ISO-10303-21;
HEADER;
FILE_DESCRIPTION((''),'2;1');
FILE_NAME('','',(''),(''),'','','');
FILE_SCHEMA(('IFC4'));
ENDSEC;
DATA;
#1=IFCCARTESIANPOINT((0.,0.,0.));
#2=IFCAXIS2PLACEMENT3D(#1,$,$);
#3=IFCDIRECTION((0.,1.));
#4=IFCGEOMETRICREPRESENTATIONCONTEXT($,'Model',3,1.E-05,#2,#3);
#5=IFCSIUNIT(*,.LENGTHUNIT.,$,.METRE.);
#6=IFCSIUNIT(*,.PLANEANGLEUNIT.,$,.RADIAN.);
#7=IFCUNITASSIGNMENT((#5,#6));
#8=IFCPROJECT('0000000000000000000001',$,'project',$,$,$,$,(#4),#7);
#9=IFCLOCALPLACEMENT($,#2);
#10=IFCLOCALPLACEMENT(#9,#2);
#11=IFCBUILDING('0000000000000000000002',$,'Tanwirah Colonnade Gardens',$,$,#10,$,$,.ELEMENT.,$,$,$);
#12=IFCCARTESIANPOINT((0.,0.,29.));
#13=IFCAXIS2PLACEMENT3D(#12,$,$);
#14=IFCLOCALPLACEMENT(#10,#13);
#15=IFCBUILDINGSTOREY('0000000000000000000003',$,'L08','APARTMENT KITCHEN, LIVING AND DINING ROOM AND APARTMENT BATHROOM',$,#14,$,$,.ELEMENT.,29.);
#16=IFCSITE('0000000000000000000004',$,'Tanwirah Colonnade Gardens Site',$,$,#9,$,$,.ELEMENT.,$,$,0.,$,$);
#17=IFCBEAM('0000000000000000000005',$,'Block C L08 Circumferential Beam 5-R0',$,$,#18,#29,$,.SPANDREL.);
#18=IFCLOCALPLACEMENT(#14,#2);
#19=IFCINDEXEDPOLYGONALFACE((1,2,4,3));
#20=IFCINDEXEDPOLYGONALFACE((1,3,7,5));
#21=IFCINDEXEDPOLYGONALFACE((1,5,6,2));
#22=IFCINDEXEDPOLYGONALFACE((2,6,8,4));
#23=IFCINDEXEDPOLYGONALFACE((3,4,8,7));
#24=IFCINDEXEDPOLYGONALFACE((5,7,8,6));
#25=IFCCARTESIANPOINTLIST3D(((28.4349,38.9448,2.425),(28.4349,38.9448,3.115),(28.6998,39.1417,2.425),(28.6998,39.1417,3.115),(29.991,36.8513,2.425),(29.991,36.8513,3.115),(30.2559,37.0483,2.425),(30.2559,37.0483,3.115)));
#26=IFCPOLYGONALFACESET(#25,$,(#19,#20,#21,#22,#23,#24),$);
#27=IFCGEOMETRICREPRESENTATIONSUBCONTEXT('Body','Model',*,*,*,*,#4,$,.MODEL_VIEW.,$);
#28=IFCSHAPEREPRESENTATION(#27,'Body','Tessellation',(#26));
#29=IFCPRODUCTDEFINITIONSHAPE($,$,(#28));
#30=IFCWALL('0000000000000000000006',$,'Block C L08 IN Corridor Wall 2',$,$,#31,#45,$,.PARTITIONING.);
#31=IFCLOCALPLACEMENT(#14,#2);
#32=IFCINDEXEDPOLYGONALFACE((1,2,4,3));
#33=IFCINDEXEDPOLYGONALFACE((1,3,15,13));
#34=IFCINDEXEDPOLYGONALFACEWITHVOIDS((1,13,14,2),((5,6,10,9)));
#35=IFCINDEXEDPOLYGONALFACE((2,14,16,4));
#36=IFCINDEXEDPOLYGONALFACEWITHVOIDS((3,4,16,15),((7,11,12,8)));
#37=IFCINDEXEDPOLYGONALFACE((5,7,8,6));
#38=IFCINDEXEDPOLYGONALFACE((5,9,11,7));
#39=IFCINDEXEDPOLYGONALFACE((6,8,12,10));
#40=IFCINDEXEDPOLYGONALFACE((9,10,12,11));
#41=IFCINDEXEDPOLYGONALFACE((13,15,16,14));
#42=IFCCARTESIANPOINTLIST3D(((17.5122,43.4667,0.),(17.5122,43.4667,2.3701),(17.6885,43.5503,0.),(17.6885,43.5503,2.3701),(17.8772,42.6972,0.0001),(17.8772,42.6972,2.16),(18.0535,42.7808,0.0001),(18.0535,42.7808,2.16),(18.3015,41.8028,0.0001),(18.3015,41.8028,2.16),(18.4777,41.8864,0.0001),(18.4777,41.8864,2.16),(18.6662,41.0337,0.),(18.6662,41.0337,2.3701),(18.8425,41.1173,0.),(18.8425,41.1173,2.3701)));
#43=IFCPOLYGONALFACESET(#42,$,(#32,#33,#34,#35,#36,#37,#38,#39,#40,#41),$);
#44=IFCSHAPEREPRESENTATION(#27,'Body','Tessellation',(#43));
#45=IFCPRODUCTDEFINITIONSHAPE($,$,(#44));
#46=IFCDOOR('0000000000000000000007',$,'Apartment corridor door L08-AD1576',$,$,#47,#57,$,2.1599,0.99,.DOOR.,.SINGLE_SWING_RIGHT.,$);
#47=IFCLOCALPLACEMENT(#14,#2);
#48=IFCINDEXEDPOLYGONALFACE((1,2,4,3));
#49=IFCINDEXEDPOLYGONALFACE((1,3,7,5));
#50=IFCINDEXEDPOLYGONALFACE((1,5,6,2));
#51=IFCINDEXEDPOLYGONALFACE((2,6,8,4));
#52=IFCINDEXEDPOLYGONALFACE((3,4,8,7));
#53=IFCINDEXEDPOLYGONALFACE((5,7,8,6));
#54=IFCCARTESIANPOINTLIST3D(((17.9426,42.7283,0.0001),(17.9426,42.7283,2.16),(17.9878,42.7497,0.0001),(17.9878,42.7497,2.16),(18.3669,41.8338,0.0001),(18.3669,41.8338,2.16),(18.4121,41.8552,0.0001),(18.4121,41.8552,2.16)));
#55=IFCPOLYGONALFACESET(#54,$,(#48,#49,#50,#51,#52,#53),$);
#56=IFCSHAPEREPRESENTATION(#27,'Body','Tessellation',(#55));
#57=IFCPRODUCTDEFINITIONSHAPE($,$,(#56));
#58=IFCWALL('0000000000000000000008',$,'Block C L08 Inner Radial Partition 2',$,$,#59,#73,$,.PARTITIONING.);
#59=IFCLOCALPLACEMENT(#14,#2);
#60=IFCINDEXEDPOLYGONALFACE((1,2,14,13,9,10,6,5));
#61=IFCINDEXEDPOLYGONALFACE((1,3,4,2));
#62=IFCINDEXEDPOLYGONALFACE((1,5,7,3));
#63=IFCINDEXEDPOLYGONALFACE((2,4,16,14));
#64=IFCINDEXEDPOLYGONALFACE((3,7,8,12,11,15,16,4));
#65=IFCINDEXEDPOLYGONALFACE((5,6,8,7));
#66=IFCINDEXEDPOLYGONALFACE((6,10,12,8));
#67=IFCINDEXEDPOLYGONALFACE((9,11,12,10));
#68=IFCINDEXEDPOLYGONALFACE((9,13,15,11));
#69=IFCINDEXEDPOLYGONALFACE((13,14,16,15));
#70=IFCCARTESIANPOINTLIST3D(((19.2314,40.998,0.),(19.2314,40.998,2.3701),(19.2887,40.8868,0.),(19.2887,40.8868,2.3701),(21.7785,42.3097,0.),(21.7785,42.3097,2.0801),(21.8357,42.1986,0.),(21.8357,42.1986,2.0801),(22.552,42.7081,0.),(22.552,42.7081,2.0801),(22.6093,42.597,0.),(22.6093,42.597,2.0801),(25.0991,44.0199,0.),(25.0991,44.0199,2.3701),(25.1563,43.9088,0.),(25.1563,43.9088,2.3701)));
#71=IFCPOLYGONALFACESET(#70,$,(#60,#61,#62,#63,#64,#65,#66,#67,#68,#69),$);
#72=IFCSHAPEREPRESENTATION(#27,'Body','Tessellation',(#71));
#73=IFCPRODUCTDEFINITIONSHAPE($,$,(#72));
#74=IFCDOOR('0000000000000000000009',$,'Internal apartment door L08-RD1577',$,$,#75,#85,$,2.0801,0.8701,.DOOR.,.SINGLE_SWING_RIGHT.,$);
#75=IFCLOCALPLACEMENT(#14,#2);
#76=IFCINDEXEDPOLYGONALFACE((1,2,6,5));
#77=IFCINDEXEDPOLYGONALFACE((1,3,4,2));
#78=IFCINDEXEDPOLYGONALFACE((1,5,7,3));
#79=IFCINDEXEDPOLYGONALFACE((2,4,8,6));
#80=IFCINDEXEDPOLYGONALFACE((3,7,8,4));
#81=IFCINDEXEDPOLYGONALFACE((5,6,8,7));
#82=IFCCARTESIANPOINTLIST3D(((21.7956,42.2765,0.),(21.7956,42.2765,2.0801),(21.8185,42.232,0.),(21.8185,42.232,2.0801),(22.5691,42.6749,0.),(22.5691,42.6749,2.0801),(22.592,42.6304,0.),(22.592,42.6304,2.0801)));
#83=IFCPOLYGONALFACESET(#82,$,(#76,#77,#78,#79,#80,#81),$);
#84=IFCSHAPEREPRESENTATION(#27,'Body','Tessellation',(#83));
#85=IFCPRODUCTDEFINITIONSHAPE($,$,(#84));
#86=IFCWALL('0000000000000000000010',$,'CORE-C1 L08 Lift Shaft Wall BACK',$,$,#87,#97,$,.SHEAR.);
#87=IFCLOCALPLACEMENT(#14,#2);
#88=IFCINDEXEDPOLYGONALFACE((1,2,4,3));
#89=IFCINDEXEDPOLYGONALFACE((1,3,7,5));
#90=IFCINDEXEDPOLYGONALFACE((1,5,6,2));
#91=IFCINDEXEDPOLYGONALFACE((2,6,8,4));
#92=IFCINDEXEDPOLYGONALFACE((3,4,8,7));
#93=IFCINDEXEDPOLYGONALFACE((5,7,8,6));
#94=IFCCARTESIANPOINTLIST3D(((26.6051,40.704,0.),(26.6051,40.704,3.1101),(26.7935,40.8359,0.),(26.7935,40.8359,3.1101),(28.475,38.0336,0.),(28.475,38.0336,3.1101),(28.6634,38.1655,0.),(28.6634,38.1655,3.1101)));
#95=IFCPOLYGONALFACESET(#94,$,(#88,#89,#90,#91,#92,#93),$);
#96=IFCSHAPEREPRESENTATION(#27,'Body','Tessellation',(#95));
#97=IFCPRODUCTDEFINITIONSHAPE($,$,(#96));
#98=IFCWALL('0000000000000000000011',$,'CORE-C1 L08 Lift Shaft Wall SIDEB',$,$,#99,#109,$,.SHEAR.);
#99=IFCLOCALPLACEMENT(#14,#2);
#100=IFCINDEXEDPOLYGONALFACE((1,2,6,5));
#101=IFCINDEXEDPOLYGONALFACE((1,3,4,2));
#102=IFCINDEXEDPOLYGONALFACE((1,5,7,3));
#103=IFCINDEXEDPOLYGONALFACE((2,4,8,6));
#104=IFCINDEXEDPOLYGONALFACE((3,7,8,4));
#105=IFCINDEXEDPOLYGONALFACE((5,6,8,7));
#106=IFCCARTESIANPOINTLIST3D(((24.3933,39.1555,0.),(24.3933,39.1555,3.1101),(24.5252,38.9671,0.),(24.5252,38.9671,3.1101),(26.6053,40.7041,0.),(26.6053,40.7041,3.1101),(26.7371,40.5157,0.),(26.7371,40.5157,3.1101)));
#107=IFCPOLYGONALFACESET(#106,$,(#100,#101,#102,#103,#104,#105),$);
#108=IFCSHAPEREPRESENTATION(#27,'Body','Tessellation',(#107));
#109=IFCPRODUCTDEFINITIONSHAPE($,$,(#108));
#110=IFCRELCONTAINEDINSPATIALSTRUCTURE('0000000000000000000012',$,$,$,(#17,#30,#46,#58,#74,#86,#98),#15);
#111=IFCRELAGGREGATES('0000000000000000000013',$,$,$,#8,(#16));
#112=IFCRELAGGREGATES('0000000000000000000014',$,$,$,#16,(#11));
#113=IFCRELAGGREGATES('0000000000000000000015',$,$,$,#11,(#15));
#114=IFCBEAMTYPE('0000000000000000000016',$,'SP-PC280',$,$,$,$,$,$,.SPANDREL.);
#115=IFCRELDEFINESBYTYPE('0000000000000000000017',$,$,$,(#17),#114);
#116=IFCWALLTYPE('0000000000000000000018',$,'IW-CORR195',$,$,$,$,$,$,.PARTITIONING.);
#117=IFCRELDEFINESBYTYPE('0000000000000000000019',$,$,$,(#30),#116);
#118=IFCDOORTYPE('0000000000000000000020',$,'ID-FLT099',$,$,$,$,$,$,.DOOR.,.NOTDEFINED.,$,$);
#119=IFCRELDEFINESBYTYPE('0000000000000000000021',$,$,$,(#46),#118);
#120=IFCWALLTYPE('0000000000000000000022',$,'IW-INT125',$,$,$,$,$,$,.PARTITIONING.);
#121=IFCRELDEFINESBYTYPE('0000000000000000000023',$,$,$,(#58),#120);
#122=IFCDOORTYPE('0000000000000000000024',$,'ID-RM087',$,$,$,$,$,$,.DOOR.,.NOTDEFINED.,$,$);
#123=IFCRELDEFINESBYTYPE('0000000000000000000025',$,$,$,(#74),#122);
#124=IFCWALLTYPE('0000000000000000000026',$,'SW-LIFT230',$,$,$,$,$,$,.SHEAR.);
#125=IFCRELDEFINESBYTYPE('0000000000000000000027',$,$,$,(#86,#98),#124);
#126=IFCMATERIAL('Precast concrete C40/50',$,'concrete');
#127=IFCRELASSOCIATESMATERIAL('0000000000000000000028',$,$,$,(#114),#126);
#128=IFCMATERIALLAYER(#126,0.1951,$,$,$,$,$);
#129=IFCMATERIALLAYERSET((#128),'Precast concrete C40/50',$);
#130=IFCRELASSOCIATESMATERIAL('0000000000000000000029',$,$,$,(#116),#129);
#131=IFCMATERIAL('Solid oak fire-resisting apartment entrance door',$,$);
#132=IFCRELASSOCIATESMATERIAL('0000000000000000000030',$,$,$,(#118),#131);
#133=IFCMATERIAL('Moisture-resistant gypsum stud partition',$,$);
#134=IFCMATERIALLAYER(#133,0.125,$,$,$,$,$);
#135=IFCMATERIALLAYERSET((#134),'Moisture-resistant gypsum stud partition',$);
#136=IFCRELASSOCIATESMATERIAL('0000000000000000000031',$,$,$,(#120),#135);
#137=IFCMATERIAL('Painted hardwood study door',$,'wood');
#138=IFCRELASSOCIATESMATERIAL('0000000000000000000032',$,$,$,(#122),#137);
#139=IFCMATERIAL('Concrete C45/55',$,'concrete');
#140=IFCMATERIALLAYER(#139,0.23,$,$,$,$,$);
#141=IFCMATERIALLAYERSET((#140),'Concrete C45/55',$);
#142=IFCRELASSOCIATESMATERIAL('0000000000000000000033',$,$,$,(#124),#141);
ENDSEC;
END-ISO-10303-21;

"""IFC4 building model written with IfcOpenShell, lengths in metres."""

from ifc_helpers import new_model, si_unit, direction, frame, frame_2d, origin, origin_2d, place, context, subcontext, project, spatial, rectangle, extrude, material, layer, layer_set, material_profile, profile_set, type_object, element, fill, save


model = new_model("IFC4")

# Units and contexts
model_context = context("Model", 3, precision=1e-05, world=origin(), true_north=direction((0.0, 1.0)))
body_context = subcontext(model_context, "Body", "Model", "MODEL_VIEW")
ifc_project = project(units=[si_unit("LENGTHUNIT", "METRE"), si_unit("PLANEANGLEUNIT", "RADIAN")], contexts=[model_context])

# Site, building, storey
site_placement = place(None, origin())
site = spatial("IfcSite", under=ifc_project, at=site_placement, Name="Tanwirah Colonnade Gardens Site", CompositionType="ELEMENT", RefElevation=0.0)
building_placement = place(site_placement, origin())
building = spatial("IfcBuilding", under=site, at=building_placement, Name="Tanwirah Colonnade Gardens", CompositionType="ELEMENT")
storey_placement = place(building_placement, frame((0.0, 0.0, 29.0)))
storey = spatial("IfcBuildingStorey", under=building, at=storey_placement, Name="L08", Description="APARTMENT KITCHEN, LIVING AND DINING ROOM AND APARTMENT BATHROOM", CompositionType="ELEMENT", Elevation=29.0)

# Shared definitions
ifc_material_1 = material(Name="Precast concrete C40/50", Category="concrete")

# Beam
ifc_material_profile_1 = material_profile(ifc_material_1, rectangle(XDim=0.3301, YDim=0.6899, at=origin_2d()), Name="PC-SP 330x690")
ifc_profile_set_1 = profile_set([ifc_material_profile_1], Name="Precast concrete C40/50")
beam_type_1 = type_object("IfcBeamType", Name="SP-PC280", PredefinedType="SPANDREL", material=ifc_profile_set_1)
beam_1_placement = place(storey_placement, frame((28.5674, 39.0432, 2.77), z_axis=(0.596565, -0.802565, 0.0), x_axis=(0.802565, 0.596565, 0.0)))
element("IfcBeam", 1, at=beam_1_placement, inside=storey, type_object=beam_type_1, Name="Block C L08 Circumferential Beam 5-R0", PredefinedType="SPANDREL", context=body_context, shape_type="SweptSolid", body=[
    extrude(rectangle(XDim=0.3301, YDim=0.6899, at=origin_2d()), origin(), (0.0, 0.0, 1.0), 2.6084),
])

# Walls, openings, doors
ifc_layer_1 = layer(ifc_material_1, 0.1951)
ifc_layer_set_1 = layer_set([ifc_layer_1], Name="Precast concrete C40/50")
wall_type_1 = type_object("IfcWallType", Name="IW-CORR195", PredefinedType="PARTITIONING", material=ifc_layer_set_1)
wall_1_placement = place(storey_placement, frame((17.6003, 43.5085, 0.0), z_axis=(0.0, 0.0, 1.0), x_axis=(0.42855, -0.903518, 0.0)))
wall_1 = element("IfcWall", 2, at=wall_1_placement, inside=storey, type_object=wall_type_1, Name="Block C L08 IN Corridor Wall 2", PredefinedType="PARTITIONING", context=body_context, shape_type="SweptSolid", body=[
    extrude(rectangle(XDim=2.6929, YDim=0.1951, at=frame_2d((1.3464, 0.0))), origin(), (0.0, 0.0, 1.0), 2.3701),
])
opening_1_placement = place(wall_1_placement, frame((0.8516, 0.0, 0.0)))
opening_1 = element("IfcOpeningElement", 3, at=opening_1_placement, cuts=wall_1, PredefinedType="OPENING", context=body_context, shape_type="SweptSolid", body=[
    extrude(rectangle(XDim=0.99, YDim=2.1599, at=frame_2d((0.4951, 1.0801))), frame((0.0, 0.1074, 0.0), z_axis=(0.0, -1.0, 0.0), x_axis=(1.0, 0.0, 0.0)), (0.0, 0.0, 1.0), 0.2151),
])
ifc_material_2 = material(Name="Solid oak fire-resisting apartment entrance door")
door_type_1 = type_object("IfcDoorType", Name="ID-FLT099", OperationType="NOTDEFINED", PredefinedType="DOOR", material=ifc_material_2)
door_1_placement = place(opening_1_placement, origin())
door_1 = element("IfcDoor", 4, at=door_1_placement, inside=storey, type_object=door_type_1, Name="Apartment corridor door L08-AD1576", OperationType="SINGLE_SWING_RIGHT", OverallHeight=2.1599, OverallWidth=0.99, PredefinedType="DOOR", context=body_context, shape_type="SweptSolid", body=[
    extrude(rectangle(XDim=0.99, YDim=2.1599, at=frame_2d((0.4951, 1.0801))), frame((0.0, 0.0249, 0.0), z_axis=(0.0, -1.0, 0.0), x_axis=(1.0, 0.0, 0.0)), (0.0, 0.0, 1.0), 0.05),
])
fill(opening_1, door_1)
ifc_material_3 = material(Name="Moisture-resistant gypsum stud partition")
ifc_layer_2 = layer(ifc_material_3, 0.125)
ifc_layer_set_2 = layer_set([ifc_layer_2], Name="Moisture-resistant gypsum stud partition")
wall_type_2 = type_object("IfcWallType", Name="IW-INT125", PredefinedType="PARTITIONING", material=ifc_layer_set_2)
wall_2_placement = place(storey_placement, frame((25.1277, 43.9644, 0.0), z_axis=(0.0, 0.0, 1.0), x_axis=(-0.889022, -0.457864, 0.0)))
wall_2 = element("IfcWall", 5, at=wall_2_placement, inside=storey, type_object=wall_type_2, Name="Block C L08 Inner Radial Partition 2", PredefinedType="PARTITIONING", context=body_context, shape_type="SweptSolid", body=[
    extrude(rectangle(XDim=6.6001, YDim=0.125, at=frame_2d((3.3, 0.0))), origin(), (0.0, 0.0, 1.0), 2.3701),
])
opening_2_placement = place(wall_2_placement, frame((2.865, 0.0, 0.0)))
opening_2 = element("IfcOpeningElement", 6, at=opening_2_placement, cuts=wall_2, PredefinedType="OPENING", context=body_context, shape_type="SweptSolid", body=[
    extrude(rectangle(XDim=0.8701, YDim=2.0801, at=frame_2d((0.4351, 1.04))), frame((0.0, 0.0725, 0.0), z_axis=(0.0, -1.0, 0.0), x_axis=(1.0, 0.0, 0.0)), (0.0, 0.0, 1.0), 0.145),
])
ifc_material_4 = material(Name="Painted hardwood study door", Category="wood")
door_type_2 = type_object("IfcDoorType", Name="ID-RM087", OperationType="NOTDEFINED", PredefinedType="DOOR", material=ifc_material_4)
door_2_placement = place(opening_2_placement, origin())
door_2 = element("IfcDoor", 7, at=door_2_placement, inside=storey, type_object=door_type_2, Name="Internal apartment door L08-RD1577", OperationType="SINGLE_SWING_RIGHT", OverallHeight=2.0801, OverallWidth=0.8701, PredefinedType="DOOR", context=body_context, shape_type="SweptSolid", body=[
    extrude(rectangle(XDim=0.8701, YDim=2.0801, at=frame_2d((0.4351, 1.04))), frame((0.0, 0.0249, 0.0), z_axis=(0.0, -1.0, 0.0), x_axis=(1.0, 0.0, 0.0)), (0.0, 0.0, 1.0), 0.05),
])
fill(opening_2, door_2)

# Walls
ifc_material_5 = material(Name="Concrete C45/55", Category="concrete")
ifc_layer_3 = layer(ifc_material_5, 0.23)
ifc_layer_set_3 = layer_set([ifc_layer_3], Name="Concrete C45/55")
wall_type_3 = type_object("IfcWallType", Name="SW-LIFT230", PredefinedType="SHEAR", material=ifc_layer_set_3)
wall_3_placement = place(storey_placement, frame((28.5691, 38.0996, 0.0), z_axis=(0.0, 0.0, 1.0), x_axis=(-0.573583, 0.819147, 0.0)))
element("IfcWall", 8, at=wall_3_placement, inside=storey, type_object=wall_type_3, Name="CORE-C1 L08 Lift Shaft Wall BACK", PredefinedType="SHEAR", context=body_context, shape_type="SweptSolid", body=[
    extrude(rectangle(XDim=3.26, YDim=0.23, at=frame_2d((1.6299, 0.0))), origin(), (0.0, 0.0, 1.0), 3.1101),
])
wall_4_placement = place(storey_placement, frame((24.4592, 39.0613, 0.0), z_axis=(0.0, 0.0, 1.0), x_axis=(0.819189, 0.573523, 0.0)))
element("IfcWall", 9, at=wall_4_placement, inside=storey, type_object=wall_type_3, Name="CORE-C1 L08 Lift Shaft Wall SIDEB", PredefinedType="SHEAR", context=body_context, shape_type="SweptSolid", body=[
    extrude(rectangle(XDim=2.7002, YDim=0.23, at=frame_2d((1.3501, 0.0))), origin(), (0.0, 0.0, 1.0), 3.1101),
])

save(model, "model.ifc")
